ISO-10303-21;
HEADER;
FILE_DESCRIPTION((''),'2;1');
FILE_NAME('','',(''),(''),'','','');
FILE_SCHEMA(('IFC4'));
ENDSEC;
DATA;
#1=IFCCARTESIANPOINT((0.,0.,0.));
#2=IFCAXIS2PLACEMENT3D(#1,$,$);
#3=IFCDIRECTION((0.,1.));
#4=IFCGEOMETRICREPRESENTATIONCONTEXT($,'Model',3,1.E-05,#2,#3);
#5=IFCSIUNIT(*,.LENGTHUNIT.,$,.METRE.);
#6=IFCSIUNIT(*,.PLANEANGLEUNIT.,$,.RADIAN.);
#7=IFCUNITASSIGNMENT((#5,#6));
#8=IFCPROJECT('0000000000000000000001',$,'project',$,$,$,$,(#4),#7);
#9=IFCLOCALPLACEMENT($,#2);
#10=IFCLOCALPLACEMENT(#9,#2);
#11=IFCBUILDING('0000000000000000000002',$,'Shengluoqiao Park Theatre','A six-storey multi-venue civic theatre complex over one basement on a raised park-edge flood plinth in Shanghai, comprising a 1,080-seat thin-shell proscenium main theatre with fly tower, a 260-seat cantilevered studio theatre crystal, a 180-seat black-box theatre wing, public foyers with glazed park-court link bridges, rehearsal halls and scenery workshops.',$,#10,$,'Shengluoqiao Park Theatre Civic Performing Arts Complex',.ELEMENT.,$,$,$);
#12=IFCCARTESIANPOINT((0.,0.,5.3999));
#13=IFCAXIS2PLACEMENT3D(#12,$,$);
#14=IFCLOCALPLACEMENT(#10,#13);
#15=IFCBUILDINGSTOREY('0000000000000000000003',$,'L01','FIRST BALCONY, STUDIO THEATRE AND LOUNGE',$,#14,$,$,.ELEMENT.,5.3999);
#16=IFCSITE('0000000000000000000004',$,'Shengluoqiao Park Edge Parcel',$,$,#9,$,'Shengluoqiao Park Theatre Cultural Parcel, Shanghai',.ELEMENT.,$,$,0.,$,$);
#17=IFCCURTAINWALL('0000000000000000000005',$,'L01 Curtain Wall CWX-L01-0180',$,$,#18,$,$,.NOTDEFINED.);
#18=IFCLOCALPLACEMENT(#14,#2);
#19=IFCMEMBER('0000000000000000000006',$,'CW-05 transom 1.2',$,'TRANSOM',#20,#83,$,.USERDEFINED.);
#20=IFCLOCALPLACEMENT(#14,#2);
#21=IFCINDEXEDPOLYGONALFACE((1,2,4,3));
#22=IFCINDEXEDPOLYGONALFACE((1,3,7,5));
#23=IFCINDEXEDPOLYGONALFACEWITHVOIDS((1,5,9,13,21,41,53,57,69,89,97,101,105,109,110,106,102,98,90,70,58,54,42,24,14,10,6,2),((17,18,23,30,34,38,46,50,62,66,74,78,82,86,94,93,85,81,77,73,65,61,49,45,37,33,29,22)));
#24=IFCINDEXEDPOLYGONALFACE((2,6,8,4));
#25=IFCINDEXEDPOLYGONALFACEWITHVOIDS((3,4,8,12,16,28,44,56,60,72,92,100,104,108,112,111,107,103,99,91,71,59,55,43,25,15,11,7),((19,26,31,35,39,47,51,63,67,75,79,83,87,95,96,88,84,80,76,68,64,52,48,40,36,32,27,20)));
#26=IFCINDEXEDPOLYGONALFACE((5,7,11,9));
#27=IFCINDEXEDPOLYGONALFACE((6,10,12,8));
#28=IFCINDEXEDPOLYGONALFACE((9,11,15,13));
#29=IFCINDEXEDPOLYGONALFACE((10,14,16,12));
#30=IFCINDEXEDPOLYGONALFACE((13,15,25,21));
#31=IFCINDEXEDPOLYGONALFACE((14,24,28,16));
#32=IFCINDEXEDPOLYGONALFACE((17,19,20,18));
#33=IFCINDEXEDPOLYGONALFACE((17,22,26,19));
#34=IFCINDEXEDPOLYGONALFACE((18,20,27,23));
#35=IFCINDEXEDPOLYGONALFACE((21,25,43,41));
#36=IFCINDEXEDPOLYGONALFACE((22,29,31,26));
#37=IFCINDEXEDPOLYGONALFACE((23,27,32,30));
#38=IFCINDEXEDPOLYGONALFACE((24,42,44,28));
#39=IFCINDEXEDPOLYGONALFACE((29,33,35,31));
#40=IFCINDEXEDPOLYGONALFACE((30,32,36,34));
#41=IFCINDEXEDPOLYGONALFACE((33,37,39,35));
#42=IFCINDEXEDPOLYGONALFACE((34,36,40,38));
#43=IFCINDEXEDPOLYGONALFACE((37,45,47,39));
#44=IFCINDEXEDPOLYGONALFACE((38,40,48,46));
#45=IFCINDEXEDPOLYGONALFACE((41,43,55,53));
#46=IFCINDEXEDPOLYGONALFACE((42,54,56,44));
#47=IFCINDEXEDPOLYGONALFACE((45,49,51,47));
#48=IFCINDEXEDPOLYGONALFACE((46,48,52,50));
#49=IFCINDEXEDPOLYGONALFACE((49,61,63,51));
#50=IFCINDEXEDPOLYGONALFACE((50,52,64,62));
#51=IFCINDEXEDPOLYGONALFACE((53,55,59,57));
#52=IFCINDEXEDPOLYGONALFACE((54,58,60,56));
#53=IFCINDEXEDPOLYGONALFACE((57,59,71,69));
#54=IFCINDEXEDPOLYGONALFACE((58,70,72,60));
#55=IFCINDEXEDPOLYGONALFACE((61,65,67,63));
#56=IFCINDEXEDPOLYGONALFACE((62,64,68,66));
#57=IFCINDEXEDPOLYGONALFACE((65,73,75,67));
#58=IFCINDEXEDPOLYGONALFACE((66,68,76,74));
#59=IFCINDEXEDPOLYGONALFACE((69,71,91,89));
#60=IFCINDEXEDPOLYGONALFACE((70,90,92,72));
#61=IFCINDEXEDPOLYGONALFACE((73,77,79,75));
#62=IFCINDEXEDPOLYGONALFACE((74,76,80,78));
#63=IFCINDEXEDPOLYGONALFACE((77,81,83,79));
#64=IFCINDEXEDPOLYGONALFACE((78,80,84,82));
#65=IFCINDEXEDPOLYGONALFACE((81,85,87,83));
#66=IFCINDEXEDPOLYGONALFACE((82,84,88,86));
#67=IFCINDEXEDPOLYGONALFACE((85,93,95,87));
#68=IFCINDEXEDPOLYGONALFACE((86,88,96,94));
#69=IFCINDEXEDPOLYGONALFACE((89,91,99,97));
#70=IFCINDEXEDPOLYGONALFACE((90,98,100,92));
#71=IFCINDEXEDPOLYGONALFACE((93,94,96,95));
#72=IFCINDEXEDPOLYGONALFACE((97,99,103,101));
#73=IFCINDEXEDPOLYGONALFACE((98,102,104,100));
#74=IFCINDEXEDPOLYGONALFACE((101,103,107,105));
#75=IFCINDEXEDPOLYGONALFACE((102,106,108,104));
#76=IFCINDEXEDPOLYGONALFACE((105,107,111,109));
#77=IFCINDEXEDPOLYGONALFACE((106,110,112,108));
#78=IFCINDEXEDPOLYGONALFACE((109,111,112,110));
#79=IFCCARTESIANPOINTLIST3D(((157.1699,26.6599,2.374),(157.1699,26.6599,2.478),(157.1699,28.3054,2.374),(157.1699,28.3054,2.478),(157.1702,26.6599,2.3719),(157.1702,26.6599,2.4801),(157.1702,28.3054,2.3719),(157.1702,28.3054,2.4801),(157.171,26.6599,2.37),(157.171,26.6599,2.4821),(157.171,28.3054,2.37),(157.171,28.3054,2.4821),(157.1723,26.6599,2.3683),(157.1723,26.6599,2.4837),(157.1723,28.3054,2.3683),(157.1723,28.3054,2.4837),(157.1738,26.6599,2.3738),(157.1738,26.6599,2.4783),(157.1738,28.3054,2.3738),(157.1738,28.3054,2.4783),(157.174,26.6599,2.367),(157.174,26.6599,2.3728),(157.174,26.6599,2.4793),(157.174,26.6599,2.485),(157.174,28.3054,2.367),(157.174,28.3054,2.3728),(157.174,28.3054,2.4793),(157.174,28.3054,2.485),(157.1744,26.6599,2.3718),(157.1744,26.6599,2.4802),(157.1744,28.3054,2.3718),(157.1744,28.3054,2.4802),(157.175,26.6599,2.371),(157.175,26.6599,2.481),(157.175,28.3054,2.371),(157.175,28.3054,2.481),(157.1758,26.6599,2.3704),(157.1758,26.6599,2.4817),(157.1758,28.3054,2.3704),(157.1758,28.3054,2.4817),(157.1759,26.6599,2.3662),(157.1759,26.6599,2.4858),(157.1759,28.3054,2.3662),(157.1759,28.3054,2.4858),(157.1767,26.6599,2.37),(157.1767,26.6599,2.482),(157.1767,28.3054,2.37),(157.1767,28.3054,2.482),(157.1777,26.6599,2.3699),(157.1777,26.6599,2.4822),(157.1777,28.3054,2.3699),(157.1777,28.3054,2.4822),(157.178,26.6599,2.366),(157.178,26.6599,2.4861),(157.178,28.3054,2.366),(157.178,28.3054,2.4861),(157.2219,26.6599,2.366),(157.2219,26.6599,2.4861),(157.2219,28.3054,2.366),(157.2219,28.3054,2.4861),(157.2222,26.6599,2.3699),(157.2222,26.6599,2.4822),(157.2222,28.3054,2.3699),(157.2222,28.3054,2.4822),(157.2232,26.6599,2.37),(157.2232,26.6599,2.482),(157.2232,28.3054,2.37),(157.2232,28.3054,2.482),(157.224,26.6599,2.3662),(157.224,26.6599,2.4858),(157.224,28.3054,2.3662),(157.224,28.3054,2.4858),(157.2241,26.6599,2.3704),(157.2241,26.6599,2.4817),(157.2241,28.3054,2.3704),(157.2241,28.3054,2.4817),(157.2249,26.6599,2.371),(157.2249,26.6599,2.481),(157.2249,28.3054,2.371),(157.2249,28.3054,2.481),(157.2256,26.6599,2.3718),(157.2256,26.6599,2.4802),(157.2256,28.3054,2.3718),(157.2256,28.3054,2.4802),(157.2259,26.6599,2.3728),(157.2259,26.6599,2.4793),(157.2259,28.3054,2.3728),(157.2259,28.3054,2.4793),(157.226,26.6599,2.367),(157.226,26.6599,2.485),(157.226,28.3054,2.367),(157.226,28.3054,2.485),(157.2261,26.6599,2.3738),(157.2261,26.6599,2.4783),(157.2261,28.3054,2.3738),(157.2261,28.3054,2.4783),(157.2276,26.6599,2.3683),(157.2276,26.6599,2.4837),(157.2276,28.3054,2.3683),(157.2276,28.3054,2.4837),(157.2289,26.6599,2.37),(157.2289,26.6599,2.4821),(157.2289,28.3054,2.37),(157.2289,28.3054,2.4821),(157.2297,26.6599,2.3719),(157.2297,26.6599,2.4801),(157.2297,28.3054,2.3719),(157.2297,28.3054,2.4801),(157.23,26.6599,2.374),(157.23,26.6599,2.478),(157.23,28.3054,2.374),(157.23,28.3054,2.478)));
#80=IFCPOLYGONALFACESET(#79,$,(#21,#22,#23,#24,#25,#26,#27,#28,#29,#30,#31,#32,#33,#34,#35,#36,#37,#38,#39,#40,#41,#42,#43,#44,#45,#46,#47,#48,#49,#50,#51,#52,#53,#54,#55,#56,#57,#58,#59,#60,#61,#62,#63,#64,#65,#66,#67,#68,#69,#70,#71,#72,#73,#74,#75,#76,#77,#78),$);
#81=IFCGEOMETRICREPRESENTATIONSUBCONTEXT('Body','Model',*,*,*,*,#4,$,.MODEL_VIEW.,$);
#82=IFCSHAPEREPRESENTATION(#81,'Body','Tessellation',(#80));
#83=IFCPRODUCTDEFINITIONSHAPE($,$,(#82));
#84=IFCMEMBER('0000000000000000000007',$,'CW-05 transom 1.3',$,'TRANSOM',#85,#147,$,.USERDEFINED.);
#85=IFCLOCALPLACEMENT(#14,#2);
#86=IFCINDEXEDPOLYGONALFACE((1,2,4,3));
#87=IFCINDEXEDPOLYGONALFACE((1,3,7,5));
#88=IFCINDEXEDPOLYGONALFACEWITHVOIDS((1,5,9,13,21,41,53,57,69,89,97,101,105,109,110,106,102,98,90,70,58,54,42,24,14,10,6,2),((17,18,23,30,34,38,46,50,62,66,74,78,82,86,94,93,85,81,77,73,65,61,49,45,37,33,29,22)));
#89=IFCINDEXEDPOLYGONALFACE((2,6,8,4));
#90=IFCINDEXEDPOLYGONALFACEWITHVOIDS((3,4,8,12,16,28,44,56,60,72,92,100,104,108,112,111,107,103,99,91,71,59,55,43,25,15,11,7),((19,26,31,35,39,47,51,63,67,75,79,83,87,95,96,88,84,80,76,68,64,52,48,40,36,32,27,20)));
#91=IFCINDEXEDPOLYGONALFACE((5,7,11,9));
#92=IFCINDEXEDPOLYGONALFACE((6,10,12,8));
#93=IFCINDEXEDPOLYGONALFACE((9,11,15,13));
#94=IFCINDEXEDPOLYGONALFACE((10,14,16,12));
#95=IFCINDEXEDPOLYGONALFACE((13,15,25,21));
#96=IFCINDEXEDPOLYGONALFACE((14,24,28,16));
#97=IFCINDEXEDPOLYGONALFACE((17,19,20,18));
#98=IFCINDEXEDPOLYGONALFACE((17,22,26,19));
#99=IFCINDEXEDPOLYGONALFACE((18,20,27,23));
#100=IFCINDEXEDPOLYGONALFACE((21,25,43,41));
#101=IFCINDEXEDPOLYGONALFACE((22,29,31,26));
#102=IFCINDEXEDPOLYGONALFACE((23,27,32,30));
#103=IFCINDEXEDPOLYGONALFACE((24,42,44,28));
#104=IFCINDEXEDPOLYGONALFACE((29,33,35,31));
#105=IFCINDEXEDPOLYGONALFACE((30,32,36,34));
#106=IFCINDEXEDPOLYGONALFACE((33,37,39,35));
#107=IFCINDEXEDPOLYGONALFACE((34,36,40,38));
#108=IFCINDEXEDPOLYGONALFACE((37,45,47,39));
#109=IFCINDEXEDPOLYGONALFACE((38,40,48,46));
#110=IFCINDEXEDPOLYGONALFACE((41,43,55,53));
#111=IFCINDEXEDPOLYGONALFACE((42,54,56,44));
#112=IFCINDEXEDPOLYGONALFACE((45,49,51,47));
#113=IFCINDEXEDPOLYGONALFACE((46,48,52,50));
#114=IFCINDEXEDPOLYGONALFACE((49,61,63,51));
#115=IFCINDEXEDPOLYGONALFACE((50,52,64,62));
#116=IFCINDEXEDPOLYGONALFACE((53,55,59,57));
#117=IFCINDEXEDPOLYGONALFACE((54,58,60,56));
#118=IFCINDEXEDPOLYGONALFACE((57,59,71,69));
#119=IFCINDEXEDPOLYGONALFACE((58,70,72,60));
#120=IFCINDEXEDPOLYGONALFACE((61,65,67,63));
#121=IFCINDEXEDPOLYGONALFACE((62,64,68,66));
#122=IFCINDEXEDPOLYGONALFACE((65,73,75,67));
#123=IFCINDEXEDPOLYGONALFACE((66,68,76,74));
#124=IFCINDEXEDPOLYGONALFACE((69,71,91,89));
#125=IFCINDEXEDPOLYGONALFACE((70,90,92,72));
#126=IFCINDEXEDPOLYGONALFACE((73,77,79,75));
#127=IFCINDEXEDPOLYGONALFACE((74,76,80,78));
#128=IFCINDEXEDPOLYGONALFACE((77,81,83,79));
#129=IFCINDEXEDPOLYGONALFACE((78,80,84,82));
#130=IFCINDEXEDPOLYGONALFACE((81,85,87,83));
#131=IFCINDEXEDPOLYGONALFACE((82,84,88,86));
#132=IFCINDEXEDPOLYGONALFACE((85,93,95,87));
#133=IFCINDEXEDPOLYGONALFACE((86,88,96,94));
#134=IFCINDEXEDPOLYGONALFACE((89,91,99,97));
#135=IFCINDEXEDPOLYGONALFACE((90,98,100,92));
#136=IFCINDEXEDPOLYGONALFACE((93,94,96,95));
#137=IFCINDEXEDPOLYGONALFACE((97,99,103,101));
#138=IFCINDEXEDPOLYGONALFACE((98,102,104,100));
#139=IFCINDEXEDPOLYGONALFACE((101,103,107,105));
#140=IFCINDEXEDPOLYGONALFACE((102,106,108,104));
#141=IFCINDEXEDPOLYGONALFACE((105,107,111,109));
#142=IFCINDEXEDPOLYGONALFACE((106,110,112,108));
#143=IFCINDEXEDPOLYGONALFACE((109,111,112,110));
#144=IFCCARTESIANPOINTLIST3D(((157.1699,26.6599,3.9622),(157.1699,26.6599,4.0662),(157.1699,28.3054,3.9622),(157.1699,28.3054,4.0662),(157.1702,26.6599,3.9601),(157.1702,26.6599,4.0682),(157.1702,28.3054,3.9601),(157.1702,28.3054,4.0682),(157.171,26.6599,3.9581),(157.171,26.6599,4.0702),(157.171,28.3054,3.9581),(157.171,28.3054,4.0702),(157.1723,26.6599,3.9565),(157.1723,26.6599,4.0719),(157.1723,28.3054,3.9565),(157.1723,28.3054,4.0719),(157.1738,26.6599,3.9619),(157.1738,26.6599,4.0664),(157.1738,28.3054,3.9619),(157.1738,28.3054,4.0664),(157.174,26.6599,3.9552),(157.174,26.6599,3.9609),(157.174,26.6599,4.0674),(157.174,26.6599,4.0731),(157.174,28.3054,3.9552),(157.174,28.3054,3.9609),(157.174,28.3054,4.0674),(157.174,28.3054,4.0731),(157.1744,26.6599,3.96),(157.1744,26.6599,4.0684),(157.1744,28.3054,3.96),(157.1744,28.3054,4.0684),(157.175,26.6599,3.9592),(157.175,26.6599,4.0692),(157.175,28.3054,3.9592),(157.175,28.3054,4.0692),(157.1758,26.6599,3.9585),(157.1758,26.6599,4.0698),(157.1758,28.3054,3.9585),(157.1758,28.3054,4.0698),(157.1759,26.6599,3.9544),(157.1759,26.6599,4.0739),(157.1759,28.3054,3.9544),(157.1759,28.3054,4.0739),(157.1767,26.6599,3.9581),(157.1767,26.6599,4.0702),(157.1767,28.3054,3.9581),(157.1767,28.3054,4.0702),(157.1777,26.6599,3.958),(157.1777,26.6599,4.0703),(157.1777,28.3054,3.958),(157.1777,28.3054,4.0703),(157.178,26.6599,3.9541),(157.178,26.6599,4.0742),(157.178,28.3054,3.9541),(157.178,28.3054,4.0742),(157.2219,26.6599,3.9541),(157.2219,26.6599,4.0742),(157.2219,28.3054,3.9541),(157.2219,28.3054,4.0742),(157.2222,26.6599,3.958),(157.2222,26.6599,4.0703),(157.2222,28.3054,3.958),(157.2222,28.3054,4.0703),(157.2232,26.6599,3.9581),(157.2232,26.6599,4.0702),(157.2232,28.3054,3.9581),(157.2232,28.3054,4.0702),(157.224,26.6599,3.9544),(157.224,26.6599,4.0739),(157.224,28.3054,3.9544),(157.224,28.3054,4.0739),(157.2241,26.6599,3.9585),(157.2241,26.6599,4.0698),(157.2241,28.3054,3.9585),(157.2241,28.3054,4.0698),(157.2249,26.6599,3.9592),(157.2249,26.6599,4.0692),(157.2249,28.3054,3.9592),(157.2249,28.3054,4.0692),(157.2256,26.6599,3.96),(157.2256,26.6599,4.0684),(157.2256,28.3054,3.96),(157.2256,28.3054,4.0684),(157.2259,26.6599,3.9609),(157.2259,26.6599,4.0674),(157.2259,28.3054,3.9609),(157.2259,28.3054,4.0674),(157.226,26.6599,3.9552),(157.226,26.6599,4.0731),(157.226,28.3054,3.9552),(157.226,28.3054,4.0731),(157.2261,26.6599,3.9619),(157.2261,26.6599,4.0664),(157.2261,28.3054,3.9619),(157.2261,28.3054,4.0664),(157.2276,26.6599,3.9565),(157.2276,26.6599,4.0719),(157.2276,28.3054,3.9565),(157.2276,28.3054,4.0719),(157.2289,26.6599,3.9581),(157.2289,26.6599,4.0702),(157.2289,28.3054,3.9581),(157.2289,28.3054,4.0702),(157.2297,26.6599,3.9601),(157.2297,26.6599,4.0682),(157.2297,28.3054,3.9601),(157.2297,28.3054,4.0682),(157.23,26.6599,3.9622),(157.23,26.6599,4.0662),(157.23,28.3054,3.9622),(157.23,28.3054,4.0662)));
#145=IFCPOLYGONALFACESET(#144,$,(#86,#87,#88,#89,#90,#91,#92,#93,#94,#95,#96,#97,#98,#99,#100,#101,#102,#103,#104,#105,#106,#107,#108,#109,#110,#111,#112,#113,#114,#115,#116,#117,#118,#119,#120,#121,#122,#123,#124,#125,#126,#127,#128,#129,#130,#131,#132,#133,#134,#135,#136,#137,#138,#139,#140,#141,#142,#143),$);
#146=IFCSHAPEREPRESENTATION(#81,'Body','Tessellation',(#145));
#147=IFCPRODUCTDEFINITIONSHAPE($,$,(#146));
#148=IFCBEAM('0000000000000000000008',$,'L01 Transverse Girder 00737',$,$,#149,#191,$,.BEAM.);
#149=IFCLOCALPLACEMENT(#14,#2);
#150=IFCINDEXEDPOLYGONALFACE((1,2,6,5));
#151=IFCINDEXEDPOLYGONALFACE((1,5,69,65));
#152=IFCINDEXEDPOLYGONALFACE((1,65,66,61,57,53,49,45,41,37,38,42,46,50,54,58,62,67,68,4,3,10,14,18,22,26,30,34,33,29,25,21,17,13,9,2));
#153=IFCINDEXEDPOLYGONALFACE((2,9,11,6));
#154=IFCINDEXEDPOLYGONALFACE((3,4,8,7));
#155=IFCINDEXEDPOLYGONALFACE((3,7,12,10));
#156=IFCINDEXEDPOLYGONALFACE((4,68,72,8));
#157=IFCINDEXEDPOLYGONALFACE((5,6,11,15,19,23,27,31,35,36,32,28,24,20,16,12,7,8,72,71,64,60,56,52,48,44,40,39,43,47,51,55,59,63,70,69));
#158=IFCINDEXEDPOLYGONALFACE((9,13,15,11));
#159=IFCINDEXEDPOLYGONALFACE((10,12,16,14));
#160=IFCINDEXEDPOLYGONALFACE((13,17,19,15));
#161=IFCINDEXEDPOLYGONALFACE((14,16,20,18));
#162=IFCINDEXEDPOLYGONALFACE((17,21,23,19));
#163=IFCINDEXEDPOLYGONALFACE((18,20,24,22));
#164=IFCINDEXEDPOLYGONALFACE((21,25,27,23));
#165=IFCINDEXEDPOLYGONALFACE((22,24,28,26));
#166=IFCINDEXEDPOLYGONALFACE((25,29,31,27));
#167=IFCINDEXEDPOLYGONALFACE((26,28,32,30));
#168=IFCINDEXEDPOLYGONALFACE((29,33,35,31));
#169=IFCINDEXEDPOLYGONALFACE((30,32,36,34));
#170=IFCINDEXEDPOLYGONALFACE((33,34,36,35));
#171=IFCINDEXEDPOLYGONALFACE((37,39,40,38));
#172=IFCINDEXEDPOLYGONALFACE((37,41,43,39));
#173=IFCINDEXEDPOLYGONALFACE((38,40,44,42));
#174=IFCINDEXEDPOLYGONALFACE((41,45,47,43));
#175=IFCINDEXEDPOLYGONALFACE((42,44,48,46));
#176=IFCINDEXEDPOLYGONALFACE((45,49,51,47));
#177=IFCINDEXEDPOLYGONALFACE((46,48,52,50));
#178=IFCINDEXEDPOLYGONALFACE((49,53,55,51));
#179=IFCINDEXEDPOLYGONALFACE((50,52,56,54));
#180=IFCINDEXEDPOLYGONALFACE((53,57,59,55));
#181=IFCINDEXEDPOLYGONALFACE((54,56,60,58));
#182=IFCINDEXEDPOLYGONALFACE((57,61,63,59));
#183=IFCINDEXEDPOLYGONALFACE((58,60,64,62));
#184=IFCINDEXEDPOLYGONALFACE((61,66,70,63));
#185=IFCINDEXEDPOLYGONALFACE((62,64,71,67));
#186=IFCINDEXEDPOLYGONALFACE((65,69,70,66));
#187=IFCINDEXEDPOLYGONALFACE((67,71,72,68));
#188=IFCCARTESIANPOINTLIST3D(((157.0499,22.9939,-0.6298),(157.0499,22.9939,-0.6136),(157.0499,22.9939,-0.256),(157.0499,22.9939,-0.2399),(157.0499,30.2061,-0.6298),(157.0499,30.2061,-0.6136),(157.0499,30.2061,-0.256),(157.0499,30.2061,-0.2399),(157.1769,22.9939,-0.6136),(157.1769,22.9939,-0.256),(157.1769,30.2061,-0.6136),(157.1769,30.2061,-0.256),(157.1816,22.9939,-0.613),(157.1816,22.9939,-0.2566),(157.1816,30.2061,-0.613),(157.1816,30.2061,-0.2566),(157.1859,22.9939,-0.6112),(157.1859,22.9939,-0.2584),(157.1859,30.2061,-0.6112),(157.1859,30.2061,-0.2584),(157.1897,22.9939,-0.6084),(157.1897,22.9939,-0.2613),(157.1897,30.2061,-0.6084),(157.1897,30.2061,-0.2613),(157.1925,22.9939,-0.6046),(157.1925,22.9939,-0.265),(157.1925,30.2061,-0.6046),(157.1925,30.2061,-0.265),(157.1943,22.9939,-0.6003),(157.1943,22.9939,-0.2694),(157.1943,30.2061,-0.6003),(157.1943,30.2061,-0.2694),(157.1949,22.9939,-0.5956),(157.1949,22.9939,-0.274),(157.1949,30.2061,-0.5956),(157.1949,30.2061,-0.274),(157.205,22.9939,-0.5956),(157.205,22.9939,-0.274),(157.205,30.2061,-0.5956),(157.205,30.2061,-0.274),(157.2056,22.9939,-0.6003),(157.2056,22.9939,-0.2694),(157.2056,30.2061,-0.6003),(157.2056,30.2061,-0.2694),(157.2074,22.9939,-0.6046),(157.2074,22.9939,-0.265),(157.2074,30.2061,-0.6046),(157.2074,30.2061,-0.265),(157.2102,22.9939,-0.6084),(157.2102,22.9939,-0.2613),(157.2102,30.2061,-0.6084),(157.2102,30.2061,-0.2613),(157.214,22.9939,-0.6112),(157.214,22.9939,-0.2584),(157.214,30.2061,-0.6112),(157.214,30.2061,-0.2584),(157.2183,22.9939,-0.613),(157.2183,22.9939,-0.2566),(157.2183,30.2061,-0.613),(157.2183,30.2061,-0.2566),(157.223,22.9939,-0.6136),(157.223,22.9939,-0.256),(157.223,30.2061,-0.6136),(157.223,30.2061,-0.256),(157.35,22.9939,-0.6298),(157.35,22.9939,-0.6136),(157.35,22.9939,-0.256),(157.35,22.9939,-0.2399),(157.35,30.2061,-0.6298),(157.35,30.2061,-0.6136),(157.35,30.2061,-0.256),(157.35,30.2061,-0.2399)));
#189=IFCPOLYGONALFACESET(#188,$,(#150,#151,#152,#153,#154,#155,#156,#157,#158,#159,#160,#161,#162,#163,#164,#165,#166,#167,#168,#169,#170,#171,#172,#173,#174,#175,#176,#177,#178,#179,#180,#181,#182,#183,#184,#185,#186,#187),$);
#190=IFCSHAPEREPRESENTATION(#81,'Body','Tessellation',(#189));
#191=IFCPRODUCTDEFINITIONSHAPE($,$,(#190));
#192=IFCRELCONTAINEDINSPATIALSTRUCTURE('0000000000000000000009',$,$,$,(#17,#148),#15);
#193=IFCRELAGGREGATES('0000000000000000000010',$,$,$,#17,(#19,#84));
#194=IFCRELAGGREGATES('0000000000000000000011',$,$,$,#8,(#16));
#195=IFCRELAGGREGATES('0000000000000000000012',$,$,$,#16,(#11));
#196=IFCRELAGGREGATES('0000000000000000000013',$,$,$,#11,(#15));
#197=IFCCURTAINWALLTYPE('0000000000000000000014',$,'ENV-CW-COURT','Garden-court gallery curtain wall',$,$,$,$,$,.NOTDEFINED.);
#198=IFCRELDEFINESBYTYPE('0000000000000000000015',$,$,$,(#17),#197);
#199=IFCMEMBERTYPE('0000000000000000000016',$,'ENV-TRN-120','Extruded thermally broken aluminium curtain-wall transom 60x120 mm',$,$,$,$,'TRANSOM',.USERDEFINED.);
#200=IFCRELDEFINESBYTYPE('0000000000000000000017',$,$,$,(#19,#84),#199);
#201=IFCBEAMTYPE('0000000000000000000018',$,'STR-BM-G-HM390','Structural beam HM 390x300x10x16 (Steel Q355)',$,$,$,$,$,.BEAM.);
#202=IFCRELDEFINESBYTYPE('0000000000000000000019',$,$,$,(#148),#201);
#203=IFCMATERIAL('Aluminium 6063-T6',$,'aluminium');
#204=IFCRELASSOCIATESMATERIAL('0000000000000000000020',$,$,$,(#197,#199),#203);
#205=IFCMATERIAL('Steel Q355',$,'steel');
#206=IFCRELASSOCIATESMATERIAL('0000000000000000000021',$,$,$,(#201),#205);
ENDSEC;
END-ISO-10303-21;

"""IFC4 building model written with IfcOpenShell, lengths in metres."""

from ifc_helpers import new_model, si_unit, direction, frame, origin, origin_2d, place, context, subcontext, project, spatial, hollow_rectangle, i_section, extrude, material, material_profile, profile_set, type_object, element, aggregate, save


model = new_model("IFC4")

# Units and contexts
model_context = context("Model", 3, precision=1e-05, world=origin(), true_north=direction((0.0, 1.0)))
body_context = subcontext(model_context, "Body", "Model", "MODEL_VIEW")
ifc_project = project(units=[si_unit("LENGTHUNIT", "METRE"), si_unit("PLANEANGLEUNIT", "RADIAN")], contexts=[model_context])

# Site, building, storey
site_placement = place(None, origin())
site = spatial("IfcSite", under=ifc_project, at=site_placement, Name="Shengluoqiao Park Edge Parcel", LongName="Shengluoqiao Park Theatre Cultural Parcel, Shanghai", CompositionType="ELEMENT", RefElevation=0.0)
building_placement = place(site_placement, origin())
building = spatial("IfcBuilding", under=site, at=building_placement, Name="Shengluoqiao Park Theatre", Description="A six-storey multi-venue civic theatre complex over one basement on a raised park-edge flood plinth in Shanghai, comprising a 1,080-seat thin-shell proscenium main theatre with fly tower, a 260-seat cantilevered studio theatre crystal, a 180-seat black-box theatre wing, public foyers with glazed park-court link bridges, rehearsal halls and scenery workshops.", LongName="Shengluoqiao Park Theatre Civic Performing Arts Complex", CompositionType="ELEMENT")
storey_placement = place(building_placement, frame((0.0, 0.0, 5.3999)))
storey = spatial("IfcBuildingStorey", under=building, at=storey_placement, Name="L01", Description="FIRST BALCONY, STUDIO THEATRE AND LOUNGE", CompositionType="ELEMENT", Elevation=5.3999)

# Curtain wall
ifc_material_1 = material(Name="Aluminium 6063-T6", Category="aluminium")
curtain_wall_type = type_object("IfcCurtainWallType", Name="ENV-CW-COURT", Description="Garden-court gallery curtain wall", PredefinedType="NOTDEFINED", material=ifc_material_1)
curtain_wall_1_placement = place(storey_placement, origin())
curtain_wall_1 = element("IfcCurtainWall", 1, at=curtain_wall_1_placement, inside=storey, type_object=curtain_wall_type, Name="L01 Curtain Wall CWX-L01-0180", PredefinedType="NOTDEFINED")

# Members
ifc_material_profile_1 = material_profile(ifc_material_1, hollow_rectangle(XDim=0.0601, YDim=0.1201, WallThickness=0.0039, InnerFilletRadius=0.0039, OuterFilletRadius=0.0081, at=origin_2d()), Name="ALU TRANSOM 120x60x4")
ifc_profile_set_1 = profile_set([ifc_material_profile_1], Name="Aluminium 6063-T6")
member_type_1 = type_object("IfcMemberType", Name="ENV-TRN-120", Description="Extruded thermally broken aluminium curtain-wall transom 60x120 mm", ElementType="TRANSOM", PredefinedType="USERDEFINED", material=ifc_profile_set_1)
member_1_placement = place(storey_placement, frame((157.2, 26.6599, 2.426), z_axis=(0.0, 1.0, 0.0), x_axis=(-1.0, 0.0, 0.0)))
member_1 = element("IfcMember", 2, at=member_1_placement, type_object=member_type_1, Name="CW-05 transom 1.2", ObjectType="TRANSOM", PredefinedType="USERDEFINED", context=body_context, shape_type="SweptSolid", body=[
    extrude(hollow_rectangle(XDim=0.0601, YDim=0.1201, WallThickness=0.0039, InnerFilletRadius=0.0039, OuterFilletRadius=0.0081, at=origin_2d()), origin(), (0.0, 0.0, 1.0), 1.6455),
])
member_2_placement = place(storey_placement, frame((157.2, 26.6599, 4.0142), z_axis=(0.0, 1.0, 0.0), x_axis=(-1.0, 0.0, 0.0)))
member_2 = element("IfcMember", 3, at=member_2_placement, type_object=member_type_1, Name="CW-05 transom 1.3", ObjectType="TRANSOM", PredefinedType="USERDEFINED", context=body_context, shape_type="SweptSolid", body=[
    extrude(hollow_rectangle(XDim=0.0601, YDim=0.1201, WallThickness=0.0039, InnerFilletRadius=0.0039, OuterFilletRadius=0.0081, at=origin_2d()), origin(), (0.0, 0.0, 1.0), 1.6455),
])

# Beam
ifc_material_2 = material(Name="Steel Q355", Category="steel")
ifc_material_profile_2 = material_profile(ifc_material_2, i_section(OverallWidth=0.3, OverallDepth=0.3899, WebThickness=0.01, FlangeThickness=0.0161, FilletRadius=0.0181, at=origin_2d()), Name="HM 390x300x10x16")
ifc_profile_set_2 = profile_set([ifc_material_profile_2], Name="Steel Q355")
beam_type_1 = type_object("IfcBeamType", Name="STR-BM-G-HM390", Description="Structural beam HM 390x300x10x16 (Steel Q355)", PredefinedType="BEAM", material=ifc_profile_set_2)
for number, where, z_axis, x_axis, name in (
    (4, (157.2, 22.9939, -0.4348), (0.0, 1.0, 0.0), (-1.0, 0.0, 0.0), "L01 Transverse Girder 00737"),
):
    element("IfcBeam", number, at=place(storey_placement, frame(where, z_axis=z_axis, x_axis=x_axis)), inside=storey, type_object=beam_type_1, Name=name, PredefinedType="BEAM", context=body_context, shape_type="SweptSolid", body=[
        extrude(i_section(OverallWidth=0.3, OverallDepth=0.3899, WebThickness=0.01, FlangeThickness=0.0161, FilletRadius=0.0181, at=origin_2d()), origin(), (0.0, 0.0, 1.0), 7.2122),
    ])

aggregate(curtain_wall_1, [member_1, member_2])

save(model, "model.ifc")
